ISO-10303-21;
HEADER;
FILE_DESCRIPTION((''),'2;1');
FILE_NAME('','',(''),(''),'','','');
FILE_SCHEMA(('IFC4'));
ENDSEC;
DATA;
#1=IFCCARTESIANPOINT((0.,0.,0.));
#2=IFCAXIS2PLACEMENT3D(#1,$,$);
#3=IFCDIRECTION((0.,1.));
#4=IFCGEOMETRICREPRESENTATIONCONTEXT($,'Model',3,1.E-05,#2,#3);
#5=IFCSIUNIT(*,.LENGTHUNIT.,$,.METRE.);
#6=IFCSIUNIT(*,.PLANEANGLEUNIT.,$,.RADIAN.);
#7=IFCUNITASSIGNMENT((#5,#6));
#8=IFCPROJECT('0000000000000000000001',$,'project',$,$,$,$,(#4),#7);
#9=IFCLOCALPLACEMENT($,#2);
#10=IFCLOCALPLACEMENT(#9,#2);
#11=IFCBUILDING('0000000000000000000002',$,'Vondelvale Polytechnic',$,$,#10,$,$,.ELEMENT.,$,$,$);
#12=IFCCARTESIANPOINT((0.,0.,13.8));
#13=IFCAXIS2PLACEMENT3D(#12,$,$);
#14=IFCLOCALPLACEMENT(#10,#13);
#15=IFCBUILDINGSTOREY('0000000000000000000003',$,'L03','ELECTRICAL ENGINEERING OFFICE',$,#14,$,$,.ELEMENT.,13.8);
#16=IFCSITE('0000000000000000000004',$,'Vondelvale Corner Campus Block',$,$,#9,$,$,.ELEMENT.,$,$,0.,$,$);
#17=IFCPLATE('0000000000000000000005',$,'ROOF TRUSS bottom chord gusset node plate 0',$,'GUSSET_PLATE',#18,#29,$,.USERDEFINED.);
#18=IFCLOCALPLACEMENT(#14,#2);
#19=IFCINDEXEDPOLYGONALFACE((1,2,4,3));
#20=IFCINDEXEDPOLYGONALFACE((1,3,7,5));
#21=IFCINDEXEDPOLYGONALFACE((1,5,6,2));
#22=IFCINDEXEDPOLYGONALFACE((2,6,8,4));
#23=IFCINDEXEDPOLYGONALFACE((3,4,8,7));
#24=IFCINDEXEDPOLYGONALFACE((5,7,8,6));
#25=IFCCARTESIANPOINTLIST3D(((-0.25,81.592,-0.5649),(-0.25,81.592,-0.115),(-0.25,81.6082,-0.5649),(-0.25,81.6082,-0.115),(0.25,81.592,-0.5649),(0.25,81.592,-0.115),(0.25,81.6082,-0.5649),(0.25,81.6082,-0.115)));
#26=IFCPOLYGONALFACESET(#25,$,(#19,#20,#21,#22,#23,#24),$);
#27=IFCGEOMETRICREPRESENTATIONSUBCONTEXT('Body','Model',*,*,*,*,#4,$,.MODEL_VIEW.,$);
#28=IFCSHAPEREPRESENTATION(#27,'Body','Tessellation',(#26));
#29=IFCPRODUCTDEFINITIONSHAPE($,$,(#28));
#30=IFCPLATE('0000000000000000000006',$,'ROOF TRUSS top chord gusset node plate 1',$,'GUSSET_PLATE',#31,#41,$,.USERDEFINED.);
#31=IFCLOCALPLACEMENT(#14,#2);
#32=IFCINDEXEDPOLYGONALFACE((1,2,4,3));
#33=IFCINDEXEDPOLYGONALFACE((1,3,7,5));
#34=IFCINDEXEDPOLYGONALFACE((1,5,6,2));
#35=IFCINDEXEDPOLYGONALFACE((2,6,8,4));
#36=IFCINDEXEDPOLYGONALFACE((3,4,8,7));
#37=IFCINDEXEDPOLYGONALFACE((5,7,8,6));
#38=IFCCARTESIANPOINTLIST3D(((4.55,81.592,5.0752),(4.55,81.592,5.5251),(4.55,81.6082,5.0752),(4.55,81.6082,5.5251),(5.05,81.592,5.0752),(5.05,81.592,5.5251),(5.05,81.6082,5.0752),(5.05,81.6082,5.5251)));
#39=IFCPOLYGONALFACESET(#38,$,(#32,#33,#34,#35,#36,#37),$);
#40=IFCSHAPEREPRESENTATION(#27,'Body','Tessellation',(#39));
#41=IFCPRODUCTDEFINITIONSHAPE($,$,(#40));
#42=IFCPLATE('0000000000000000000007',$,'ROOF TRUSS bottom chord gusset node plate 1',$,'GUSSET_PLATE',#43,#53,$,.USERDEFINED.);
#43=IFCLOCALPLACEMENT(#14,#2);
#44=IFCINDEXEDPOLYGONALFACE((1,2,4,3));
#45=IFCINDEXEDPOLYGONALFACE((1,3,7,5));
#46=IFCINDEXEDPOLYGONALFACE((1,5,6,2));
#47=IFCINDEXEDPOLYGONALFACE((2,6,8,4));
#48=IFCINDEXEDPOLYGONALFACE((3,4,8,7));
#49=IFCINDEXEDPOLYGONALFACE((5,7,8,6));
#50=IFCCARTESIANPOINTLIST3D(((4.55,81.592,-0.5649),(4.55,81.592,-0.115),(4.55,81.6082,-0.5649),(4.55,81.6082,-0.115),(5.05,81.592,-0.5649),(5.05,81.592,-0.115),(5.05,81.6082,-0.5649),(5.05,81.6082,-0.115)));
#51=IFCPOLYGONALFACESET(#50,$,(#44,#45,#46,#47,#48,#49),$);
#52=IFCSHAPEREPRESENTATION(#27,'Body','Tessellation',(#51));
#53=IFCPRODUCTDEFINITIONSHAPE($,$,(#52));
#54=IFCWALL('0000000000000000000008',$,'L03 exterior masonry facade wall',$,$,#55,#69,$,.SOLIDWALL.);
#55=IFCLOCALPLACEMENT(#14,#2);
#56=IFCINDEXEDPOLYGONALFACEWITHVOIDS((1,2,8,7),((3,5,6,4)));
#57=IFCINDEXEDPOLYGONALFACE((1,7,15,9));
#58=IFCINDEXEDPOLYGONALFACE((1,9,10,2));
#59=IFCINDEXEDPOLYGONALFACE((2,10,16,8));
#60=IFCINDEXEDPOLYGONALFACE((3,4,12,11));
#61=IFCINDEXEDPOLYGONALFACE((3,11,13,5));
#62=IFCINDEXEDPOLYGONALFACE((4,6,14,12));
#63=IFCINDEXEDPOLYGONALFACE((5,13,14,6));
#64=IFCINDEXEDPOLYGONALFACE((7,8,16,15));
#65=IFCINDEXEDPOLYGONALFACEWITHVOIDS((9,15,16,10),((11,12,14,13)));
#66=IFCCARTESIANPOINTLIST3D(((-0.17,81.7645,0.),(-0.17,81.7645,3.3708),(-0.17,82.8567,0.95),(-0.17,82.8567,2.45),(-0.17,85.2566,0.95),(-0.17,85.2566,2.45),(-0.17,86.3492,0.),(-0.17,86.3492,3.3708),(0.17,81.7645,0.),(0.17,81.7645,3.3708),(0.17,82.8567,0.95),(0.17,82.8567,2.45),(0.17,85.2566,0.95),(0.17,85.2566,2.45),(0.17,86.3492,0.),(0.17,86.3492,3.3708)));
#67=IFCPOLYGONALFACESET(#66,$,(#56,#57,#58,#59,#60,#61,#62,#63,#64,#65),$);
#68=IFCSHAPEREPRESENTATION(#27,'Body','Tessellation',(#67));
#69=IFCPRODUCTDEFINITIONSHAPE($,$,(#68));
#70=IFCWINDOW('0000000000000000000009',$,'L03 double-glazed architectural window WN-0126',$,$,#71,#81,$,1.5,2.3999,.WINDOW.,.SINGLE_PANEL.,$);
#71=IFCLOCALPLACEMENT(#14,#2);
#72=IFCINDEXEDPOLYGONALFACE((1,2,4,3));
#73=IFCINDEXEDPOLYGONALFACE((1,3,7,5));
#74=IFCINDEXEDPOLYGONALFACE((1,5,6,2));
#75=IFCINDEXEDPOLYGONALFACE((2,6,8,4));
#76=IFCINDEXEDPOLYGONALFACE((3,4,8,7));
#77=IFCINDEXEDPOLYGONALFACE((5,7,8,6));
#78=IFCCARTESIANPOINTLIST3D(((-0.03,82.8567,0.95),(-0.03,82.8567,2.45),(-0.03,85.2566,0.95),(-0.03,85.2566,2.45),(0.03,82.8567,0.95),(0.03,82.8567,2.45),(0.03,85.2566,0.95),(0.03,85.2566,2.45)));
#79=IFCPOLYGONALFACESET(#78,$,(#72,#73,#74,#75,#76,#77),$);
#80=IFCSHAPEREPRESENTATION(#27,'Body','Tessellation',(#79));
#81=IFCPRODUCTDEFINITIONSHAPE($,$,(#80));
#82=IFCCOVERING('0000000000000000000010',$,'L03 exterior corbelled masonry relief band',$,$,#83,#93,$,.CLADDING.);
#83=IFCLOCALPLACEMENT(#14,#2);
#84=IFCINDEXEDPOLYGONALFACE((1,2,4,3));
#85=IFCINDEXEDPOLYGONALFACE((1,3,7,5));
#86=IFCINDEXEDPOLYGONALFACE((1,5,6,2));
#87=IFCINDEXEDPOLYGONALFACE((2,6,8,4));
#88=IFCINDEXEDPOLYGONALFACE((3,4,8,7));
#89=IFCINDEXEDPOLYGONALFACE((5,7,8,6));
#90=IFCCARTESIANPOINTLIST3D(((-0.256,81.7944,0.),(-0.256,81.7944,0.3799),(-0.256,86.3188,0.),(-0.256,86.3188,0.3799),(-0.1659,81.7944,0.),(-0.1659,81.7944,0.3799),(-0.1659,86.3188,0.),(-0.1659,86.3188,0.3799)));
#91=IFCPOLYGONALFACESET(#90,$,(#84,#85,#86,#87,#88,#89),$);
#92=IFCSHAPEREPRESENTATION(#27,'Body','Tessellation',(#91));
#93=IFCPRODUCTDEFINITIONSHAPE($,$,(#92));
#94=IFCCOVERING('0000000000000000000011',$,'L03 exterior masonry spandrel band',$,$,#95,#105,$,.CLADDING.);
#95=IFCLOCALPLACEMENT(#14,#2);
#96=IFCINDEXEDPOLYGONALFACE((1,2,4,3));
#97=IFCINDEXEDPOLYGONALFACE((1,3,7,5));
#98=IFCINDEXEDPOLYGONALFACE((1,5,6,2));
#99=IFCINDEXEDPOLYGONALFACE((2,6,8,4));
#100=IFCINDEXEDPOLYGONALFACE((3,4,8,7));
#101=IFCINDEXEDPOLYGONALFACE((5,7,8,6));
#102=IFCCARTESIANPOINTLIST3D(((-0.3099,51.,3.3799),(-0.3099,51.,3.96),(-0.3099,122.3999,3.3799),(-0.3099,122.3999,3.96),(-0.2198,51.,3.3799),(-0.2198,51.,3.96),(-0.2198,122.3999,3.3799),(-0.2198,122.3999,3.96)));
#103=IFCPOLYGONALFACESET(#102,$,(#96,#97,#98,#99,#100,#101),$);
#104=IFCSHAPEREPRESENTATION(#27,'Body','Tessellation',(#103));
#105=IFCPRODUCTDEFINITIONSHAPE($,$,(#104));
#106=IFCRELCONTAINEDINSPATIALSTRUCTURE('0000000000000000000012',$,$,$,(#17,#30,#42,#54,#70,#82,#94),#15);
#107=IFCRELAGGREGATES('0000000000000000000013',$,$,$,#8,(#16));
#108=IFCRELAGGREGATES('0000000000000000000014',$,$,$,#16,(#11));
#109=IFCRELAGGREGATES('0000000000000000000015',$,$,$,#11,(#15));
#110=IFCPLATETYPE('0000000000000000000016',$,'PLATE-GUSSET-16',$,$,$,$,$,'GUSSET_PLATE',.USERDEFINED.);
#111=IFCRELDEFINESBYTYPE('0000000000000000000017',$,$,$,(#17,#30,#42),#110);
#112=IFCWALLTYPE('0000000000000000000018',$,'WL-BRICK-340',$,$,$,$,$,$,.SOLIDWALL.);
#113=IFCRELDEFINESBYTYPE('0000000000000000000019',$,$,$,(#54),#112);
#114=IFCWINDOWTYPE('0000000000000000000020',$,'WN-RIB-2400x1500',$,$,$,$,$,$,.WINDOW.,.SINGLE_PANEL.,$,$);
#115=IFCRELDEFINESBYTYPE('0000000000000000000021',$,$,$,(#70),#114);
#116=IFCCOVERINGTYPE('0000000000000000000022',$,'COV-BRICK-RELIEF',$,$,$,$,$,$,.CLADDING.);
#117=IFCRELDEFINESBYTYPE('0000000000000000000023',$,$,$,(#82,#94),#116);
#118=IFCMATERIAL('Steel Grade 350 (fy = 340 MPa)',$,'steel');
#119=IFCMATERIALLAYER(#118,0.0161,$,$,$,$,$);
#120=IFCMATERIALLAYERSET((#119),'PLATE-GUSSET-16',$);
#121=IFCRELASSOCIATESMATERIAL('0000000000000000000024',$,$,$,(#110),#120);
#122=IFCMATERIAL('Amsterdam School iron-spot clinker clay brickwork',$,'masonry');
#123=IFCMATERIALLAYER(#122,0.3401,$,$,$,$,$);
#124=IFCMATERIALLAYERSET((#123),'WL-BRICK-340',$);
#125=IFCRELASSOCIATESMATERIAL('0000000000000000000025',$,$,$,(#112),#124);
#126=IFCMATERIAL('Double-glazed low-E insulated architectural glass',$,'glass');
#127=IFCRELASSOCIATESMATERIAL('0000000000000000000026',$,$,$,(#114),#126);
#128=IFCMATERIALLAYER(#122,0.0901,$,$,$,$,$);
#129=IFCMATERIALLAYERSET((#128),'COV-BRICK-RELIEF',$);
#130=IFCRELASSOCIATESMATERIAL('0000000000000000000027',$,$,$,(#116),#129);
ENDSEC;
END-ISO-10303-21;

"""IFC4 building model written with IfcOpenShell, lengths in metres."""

from ifc_helpers import new_model, si_unit, direction, frame, frame_2d, origin, origin_2d, place, context, subcontext, project, spatial, rectangle, extrude, material, layer, layer_set, type_object, element, fill, save


model = new_model("IFC4")

# Units and contexts
model_context = context("Model", 3, precision=1e-05, world=origin(), true_north=direction((0.0, 1.0)))
body_context = subcontext(model_context, "Body", "Model", "MODEL_VIEW")
ifc_project = project(units=[si_unit("LENGTHUNIT", "METRE"), si_unit("PLANEANGLEUNIT", "RADIAN")], contexts=[model_context])

# Site, building, storey
site_placement = place(None, origin())
site = spatial("IfcSite", under=ifc_project, at=site_placement, Name="Vondelvale Corner Campus Block", CompositionType="ELEMENT", RefElevation=0.0)
building_placement = place(site_placement, origin())
building = spatial("IfcBuilding", under=site, at=building_placement, Name="Vondelvale Polytechnic", CompositionType="ELEMENT")
storey_placement = place(building_placement, frame((0.0, 0.0, 13.8)))
storey = spatial("IfcBuildingStorey", under=building, at=storey_placement, Name="L03", Description="ELECTRICAL ENGINEERING OFFICE", CompositionType="ELEMENT", Elevation=13.8)

# Plates
ifc_material_1 = material(Name="Steel Grade 350 (fy = 340 MPa)", Category="steel")
ifc_layer_1 = layer(ifc_material_1, 0.0161)
ifc_layer_set_1 = layer_set([ifc_layer_1], Name="PLATE-GUSSET-16")
plate_type_1 = type_object("IfcPlateType", Name="PLATE-GUSSET-16", ElementType="GUSSET_PLATE", PredefinedType="USERDEFINED", material=ifc_layer_set_1)
for number, where, z_axis, x_axis, name in (
    (1, (0.0, 81.6001, -0.5649), (0.0, 0.0, 1.0), (1.0, 0.0, 0.0), "ROOF TRUSS bottom chord gusset node plate 0"),
    (2, (4.8, 81.6001, 5.0752), (0.0, 0.0, 1.0), (1.0, 0.0, 0.0), "ROOF TRUSS top chord gusset node plate 1"),
    (3, (4.8, 81.6001, -0.5649), (0.0, 0.0, 1.0), (1.0, 0.0, 0.0), "ROOF TRUSS bottom chord gusset node plate 1"),
):
    element("IfcPlate", number, at=place(storey_placement, frame(where, z_axis=z_axis, x_axis=x_axis)), inside=storey, type_object=plate_type_1, Name=name, ObjectType="GUSSET_PLATE", PredefinedType="USERDEFINED", context=body_context, shape_type="SweptSolid", body=[
        extrude(rectangle(XDim=0.5, YDim=0.0161, at=origin_2d()), origin(), (0.0, 0.0, 1.0), 0.45),
    ])

# Wall, opening, window
ifc_material_2 = material(Name="Amsterdam School iron-spot clinker clay brickwork", Category="masonry")
ifc_layer_2 = layer(ifc_material_2, 0.3401)
ifc_layer_set_2 = layer_set([ifc_layer_2], Name="WL-BRICK-340")
wall_type = type_object("IfcWallType", Name="WL-BRICK-340", PredefinedType="SOLIDWALL", material=ifc_layer_set_2)
wall_placement = place(storey_placement, frame((0.0, 81.7644, 0.0), z_axis=(0.0, 0.0, 1.0), x_axis=(0.0, 1.0, 0.0)))
wall = element("IfcWall", 4, at=wall_placement, inside=storey, type_object=wall_type, Name="L03 exterior masonry facade wall", PredefinedType="SOLIDWALL", context=body_context, shape_type="SweptSolid", body=[
    extrude(rectangle(XDim=4.5847, YDim=0.3401, at=frame_2d((2.2925, 0.0))), origin(), (0.0, 0.0, 1.0), 3.3708),
])
opening_placement = place(wall_placement, frame((1.0923, 0.0, 0.95)))
opening = element("IfcOpeningElement", 5, at=opening_placement, cuts=wall, PredefinedType="OPENING", context=body_context, shape_type="SweptSolid", body=[
    extrude(rectangle(XDim=2.3999, YDim=1.5, at=frame_2d((1.2, 0.75))), frame((0.0, 0.1799, 0.0), z_axis=(0.0, -1.0, 0.0), x_axis=(1.0, 0.0, 0.0)), (0.0, 0.0, 1.0), 0.3601),
])
ifc_material_3 = material(Name="Double-glazed low-E insulated architectural glass", Category="glass")
window_type = type_object("IfcWindowType", Name="WN-RIB-2400x1500", PartitioningType="SINGLE_PANEL", PredefinedType="WINDOW", material=ifc_material_3)
window_placement = place(opening_placement, origin())
window = element("IfcWindow", 6, at=window_placement, inside=storey, type_object=window_type, Name="L03 double-glazed architectural window WN-0126", OverallHeight=1.5, OverallWidth=2.3999, PartitioningType="SINGLE_PANEL", PredefinedType="WINDOW", context=body_context, shape_type="SweptSolid", body=[
    extrude(rectangle(XDim=2.3999, YDim=1.5, at=frame_2d((1.2, 0.75))), frame((0.0, 0.03, 0.0), z_axis=(0.0, -1.0, 0.0), x_axis=(1.0, 0.0, 0.0)), (0.0, 0.0, 1.0), 0.0601),
])
fill(opening, window)

# Coverings
ifc_layer_3 = layer(ifc_material_2, 0.0901)
ifc_layer_set_3 = layer_set([ifc_layer_3], Name="COV-BRICK-RELIEF")
covering_type = type_object("IfcCoveringType", Name="COV-BRICK-RELIEF", PredefinedType="CLADDING", material=ifc_layer_set_3)
covering_1_placement = place(storey_placement, frame((-0.2109, 84.0566, 0.0), z_axis=(0.0, 0.0, 1.0), x_axis=(0.0, 1.0, 0.0)))
element("IfcCovering", 7, at=covering_1_placement, inside=storey, type_object=covering_type, Name="L03 exterior corbelled masonry relief band", PredefinedType="CLADDING", context=body_context, shape_type="SweptSolid", body=[
    extrude(rectangle(XDim=4.5244, YDim=0.0901, at=origin_2d()), origin(), (0.0, 0.0, 1.0), 0.3799),
])
covering_2_placement = place(storey_placement, frame((-0.2649, 86.7, 3.3799), z_axis=(0.0, 0.0, 1.0), x_axis=(0.0, 1.0, 0.0)))
element("IfcCovering", 8, at=covering_2_placement, inside=storey, type_object=covering_type, Name="L03 exterior masonry spandrel band", PredefinedType="CLADDING", context=body_context, shape_type="SweptSolid", body=[
    extrude(rectangle(XDim=71.3999, YDim=0.0901, at=origin_2d()), origin(), (0.0, 0.0, 1.0), 0.5801),
])

save(model, "model.ifc")
